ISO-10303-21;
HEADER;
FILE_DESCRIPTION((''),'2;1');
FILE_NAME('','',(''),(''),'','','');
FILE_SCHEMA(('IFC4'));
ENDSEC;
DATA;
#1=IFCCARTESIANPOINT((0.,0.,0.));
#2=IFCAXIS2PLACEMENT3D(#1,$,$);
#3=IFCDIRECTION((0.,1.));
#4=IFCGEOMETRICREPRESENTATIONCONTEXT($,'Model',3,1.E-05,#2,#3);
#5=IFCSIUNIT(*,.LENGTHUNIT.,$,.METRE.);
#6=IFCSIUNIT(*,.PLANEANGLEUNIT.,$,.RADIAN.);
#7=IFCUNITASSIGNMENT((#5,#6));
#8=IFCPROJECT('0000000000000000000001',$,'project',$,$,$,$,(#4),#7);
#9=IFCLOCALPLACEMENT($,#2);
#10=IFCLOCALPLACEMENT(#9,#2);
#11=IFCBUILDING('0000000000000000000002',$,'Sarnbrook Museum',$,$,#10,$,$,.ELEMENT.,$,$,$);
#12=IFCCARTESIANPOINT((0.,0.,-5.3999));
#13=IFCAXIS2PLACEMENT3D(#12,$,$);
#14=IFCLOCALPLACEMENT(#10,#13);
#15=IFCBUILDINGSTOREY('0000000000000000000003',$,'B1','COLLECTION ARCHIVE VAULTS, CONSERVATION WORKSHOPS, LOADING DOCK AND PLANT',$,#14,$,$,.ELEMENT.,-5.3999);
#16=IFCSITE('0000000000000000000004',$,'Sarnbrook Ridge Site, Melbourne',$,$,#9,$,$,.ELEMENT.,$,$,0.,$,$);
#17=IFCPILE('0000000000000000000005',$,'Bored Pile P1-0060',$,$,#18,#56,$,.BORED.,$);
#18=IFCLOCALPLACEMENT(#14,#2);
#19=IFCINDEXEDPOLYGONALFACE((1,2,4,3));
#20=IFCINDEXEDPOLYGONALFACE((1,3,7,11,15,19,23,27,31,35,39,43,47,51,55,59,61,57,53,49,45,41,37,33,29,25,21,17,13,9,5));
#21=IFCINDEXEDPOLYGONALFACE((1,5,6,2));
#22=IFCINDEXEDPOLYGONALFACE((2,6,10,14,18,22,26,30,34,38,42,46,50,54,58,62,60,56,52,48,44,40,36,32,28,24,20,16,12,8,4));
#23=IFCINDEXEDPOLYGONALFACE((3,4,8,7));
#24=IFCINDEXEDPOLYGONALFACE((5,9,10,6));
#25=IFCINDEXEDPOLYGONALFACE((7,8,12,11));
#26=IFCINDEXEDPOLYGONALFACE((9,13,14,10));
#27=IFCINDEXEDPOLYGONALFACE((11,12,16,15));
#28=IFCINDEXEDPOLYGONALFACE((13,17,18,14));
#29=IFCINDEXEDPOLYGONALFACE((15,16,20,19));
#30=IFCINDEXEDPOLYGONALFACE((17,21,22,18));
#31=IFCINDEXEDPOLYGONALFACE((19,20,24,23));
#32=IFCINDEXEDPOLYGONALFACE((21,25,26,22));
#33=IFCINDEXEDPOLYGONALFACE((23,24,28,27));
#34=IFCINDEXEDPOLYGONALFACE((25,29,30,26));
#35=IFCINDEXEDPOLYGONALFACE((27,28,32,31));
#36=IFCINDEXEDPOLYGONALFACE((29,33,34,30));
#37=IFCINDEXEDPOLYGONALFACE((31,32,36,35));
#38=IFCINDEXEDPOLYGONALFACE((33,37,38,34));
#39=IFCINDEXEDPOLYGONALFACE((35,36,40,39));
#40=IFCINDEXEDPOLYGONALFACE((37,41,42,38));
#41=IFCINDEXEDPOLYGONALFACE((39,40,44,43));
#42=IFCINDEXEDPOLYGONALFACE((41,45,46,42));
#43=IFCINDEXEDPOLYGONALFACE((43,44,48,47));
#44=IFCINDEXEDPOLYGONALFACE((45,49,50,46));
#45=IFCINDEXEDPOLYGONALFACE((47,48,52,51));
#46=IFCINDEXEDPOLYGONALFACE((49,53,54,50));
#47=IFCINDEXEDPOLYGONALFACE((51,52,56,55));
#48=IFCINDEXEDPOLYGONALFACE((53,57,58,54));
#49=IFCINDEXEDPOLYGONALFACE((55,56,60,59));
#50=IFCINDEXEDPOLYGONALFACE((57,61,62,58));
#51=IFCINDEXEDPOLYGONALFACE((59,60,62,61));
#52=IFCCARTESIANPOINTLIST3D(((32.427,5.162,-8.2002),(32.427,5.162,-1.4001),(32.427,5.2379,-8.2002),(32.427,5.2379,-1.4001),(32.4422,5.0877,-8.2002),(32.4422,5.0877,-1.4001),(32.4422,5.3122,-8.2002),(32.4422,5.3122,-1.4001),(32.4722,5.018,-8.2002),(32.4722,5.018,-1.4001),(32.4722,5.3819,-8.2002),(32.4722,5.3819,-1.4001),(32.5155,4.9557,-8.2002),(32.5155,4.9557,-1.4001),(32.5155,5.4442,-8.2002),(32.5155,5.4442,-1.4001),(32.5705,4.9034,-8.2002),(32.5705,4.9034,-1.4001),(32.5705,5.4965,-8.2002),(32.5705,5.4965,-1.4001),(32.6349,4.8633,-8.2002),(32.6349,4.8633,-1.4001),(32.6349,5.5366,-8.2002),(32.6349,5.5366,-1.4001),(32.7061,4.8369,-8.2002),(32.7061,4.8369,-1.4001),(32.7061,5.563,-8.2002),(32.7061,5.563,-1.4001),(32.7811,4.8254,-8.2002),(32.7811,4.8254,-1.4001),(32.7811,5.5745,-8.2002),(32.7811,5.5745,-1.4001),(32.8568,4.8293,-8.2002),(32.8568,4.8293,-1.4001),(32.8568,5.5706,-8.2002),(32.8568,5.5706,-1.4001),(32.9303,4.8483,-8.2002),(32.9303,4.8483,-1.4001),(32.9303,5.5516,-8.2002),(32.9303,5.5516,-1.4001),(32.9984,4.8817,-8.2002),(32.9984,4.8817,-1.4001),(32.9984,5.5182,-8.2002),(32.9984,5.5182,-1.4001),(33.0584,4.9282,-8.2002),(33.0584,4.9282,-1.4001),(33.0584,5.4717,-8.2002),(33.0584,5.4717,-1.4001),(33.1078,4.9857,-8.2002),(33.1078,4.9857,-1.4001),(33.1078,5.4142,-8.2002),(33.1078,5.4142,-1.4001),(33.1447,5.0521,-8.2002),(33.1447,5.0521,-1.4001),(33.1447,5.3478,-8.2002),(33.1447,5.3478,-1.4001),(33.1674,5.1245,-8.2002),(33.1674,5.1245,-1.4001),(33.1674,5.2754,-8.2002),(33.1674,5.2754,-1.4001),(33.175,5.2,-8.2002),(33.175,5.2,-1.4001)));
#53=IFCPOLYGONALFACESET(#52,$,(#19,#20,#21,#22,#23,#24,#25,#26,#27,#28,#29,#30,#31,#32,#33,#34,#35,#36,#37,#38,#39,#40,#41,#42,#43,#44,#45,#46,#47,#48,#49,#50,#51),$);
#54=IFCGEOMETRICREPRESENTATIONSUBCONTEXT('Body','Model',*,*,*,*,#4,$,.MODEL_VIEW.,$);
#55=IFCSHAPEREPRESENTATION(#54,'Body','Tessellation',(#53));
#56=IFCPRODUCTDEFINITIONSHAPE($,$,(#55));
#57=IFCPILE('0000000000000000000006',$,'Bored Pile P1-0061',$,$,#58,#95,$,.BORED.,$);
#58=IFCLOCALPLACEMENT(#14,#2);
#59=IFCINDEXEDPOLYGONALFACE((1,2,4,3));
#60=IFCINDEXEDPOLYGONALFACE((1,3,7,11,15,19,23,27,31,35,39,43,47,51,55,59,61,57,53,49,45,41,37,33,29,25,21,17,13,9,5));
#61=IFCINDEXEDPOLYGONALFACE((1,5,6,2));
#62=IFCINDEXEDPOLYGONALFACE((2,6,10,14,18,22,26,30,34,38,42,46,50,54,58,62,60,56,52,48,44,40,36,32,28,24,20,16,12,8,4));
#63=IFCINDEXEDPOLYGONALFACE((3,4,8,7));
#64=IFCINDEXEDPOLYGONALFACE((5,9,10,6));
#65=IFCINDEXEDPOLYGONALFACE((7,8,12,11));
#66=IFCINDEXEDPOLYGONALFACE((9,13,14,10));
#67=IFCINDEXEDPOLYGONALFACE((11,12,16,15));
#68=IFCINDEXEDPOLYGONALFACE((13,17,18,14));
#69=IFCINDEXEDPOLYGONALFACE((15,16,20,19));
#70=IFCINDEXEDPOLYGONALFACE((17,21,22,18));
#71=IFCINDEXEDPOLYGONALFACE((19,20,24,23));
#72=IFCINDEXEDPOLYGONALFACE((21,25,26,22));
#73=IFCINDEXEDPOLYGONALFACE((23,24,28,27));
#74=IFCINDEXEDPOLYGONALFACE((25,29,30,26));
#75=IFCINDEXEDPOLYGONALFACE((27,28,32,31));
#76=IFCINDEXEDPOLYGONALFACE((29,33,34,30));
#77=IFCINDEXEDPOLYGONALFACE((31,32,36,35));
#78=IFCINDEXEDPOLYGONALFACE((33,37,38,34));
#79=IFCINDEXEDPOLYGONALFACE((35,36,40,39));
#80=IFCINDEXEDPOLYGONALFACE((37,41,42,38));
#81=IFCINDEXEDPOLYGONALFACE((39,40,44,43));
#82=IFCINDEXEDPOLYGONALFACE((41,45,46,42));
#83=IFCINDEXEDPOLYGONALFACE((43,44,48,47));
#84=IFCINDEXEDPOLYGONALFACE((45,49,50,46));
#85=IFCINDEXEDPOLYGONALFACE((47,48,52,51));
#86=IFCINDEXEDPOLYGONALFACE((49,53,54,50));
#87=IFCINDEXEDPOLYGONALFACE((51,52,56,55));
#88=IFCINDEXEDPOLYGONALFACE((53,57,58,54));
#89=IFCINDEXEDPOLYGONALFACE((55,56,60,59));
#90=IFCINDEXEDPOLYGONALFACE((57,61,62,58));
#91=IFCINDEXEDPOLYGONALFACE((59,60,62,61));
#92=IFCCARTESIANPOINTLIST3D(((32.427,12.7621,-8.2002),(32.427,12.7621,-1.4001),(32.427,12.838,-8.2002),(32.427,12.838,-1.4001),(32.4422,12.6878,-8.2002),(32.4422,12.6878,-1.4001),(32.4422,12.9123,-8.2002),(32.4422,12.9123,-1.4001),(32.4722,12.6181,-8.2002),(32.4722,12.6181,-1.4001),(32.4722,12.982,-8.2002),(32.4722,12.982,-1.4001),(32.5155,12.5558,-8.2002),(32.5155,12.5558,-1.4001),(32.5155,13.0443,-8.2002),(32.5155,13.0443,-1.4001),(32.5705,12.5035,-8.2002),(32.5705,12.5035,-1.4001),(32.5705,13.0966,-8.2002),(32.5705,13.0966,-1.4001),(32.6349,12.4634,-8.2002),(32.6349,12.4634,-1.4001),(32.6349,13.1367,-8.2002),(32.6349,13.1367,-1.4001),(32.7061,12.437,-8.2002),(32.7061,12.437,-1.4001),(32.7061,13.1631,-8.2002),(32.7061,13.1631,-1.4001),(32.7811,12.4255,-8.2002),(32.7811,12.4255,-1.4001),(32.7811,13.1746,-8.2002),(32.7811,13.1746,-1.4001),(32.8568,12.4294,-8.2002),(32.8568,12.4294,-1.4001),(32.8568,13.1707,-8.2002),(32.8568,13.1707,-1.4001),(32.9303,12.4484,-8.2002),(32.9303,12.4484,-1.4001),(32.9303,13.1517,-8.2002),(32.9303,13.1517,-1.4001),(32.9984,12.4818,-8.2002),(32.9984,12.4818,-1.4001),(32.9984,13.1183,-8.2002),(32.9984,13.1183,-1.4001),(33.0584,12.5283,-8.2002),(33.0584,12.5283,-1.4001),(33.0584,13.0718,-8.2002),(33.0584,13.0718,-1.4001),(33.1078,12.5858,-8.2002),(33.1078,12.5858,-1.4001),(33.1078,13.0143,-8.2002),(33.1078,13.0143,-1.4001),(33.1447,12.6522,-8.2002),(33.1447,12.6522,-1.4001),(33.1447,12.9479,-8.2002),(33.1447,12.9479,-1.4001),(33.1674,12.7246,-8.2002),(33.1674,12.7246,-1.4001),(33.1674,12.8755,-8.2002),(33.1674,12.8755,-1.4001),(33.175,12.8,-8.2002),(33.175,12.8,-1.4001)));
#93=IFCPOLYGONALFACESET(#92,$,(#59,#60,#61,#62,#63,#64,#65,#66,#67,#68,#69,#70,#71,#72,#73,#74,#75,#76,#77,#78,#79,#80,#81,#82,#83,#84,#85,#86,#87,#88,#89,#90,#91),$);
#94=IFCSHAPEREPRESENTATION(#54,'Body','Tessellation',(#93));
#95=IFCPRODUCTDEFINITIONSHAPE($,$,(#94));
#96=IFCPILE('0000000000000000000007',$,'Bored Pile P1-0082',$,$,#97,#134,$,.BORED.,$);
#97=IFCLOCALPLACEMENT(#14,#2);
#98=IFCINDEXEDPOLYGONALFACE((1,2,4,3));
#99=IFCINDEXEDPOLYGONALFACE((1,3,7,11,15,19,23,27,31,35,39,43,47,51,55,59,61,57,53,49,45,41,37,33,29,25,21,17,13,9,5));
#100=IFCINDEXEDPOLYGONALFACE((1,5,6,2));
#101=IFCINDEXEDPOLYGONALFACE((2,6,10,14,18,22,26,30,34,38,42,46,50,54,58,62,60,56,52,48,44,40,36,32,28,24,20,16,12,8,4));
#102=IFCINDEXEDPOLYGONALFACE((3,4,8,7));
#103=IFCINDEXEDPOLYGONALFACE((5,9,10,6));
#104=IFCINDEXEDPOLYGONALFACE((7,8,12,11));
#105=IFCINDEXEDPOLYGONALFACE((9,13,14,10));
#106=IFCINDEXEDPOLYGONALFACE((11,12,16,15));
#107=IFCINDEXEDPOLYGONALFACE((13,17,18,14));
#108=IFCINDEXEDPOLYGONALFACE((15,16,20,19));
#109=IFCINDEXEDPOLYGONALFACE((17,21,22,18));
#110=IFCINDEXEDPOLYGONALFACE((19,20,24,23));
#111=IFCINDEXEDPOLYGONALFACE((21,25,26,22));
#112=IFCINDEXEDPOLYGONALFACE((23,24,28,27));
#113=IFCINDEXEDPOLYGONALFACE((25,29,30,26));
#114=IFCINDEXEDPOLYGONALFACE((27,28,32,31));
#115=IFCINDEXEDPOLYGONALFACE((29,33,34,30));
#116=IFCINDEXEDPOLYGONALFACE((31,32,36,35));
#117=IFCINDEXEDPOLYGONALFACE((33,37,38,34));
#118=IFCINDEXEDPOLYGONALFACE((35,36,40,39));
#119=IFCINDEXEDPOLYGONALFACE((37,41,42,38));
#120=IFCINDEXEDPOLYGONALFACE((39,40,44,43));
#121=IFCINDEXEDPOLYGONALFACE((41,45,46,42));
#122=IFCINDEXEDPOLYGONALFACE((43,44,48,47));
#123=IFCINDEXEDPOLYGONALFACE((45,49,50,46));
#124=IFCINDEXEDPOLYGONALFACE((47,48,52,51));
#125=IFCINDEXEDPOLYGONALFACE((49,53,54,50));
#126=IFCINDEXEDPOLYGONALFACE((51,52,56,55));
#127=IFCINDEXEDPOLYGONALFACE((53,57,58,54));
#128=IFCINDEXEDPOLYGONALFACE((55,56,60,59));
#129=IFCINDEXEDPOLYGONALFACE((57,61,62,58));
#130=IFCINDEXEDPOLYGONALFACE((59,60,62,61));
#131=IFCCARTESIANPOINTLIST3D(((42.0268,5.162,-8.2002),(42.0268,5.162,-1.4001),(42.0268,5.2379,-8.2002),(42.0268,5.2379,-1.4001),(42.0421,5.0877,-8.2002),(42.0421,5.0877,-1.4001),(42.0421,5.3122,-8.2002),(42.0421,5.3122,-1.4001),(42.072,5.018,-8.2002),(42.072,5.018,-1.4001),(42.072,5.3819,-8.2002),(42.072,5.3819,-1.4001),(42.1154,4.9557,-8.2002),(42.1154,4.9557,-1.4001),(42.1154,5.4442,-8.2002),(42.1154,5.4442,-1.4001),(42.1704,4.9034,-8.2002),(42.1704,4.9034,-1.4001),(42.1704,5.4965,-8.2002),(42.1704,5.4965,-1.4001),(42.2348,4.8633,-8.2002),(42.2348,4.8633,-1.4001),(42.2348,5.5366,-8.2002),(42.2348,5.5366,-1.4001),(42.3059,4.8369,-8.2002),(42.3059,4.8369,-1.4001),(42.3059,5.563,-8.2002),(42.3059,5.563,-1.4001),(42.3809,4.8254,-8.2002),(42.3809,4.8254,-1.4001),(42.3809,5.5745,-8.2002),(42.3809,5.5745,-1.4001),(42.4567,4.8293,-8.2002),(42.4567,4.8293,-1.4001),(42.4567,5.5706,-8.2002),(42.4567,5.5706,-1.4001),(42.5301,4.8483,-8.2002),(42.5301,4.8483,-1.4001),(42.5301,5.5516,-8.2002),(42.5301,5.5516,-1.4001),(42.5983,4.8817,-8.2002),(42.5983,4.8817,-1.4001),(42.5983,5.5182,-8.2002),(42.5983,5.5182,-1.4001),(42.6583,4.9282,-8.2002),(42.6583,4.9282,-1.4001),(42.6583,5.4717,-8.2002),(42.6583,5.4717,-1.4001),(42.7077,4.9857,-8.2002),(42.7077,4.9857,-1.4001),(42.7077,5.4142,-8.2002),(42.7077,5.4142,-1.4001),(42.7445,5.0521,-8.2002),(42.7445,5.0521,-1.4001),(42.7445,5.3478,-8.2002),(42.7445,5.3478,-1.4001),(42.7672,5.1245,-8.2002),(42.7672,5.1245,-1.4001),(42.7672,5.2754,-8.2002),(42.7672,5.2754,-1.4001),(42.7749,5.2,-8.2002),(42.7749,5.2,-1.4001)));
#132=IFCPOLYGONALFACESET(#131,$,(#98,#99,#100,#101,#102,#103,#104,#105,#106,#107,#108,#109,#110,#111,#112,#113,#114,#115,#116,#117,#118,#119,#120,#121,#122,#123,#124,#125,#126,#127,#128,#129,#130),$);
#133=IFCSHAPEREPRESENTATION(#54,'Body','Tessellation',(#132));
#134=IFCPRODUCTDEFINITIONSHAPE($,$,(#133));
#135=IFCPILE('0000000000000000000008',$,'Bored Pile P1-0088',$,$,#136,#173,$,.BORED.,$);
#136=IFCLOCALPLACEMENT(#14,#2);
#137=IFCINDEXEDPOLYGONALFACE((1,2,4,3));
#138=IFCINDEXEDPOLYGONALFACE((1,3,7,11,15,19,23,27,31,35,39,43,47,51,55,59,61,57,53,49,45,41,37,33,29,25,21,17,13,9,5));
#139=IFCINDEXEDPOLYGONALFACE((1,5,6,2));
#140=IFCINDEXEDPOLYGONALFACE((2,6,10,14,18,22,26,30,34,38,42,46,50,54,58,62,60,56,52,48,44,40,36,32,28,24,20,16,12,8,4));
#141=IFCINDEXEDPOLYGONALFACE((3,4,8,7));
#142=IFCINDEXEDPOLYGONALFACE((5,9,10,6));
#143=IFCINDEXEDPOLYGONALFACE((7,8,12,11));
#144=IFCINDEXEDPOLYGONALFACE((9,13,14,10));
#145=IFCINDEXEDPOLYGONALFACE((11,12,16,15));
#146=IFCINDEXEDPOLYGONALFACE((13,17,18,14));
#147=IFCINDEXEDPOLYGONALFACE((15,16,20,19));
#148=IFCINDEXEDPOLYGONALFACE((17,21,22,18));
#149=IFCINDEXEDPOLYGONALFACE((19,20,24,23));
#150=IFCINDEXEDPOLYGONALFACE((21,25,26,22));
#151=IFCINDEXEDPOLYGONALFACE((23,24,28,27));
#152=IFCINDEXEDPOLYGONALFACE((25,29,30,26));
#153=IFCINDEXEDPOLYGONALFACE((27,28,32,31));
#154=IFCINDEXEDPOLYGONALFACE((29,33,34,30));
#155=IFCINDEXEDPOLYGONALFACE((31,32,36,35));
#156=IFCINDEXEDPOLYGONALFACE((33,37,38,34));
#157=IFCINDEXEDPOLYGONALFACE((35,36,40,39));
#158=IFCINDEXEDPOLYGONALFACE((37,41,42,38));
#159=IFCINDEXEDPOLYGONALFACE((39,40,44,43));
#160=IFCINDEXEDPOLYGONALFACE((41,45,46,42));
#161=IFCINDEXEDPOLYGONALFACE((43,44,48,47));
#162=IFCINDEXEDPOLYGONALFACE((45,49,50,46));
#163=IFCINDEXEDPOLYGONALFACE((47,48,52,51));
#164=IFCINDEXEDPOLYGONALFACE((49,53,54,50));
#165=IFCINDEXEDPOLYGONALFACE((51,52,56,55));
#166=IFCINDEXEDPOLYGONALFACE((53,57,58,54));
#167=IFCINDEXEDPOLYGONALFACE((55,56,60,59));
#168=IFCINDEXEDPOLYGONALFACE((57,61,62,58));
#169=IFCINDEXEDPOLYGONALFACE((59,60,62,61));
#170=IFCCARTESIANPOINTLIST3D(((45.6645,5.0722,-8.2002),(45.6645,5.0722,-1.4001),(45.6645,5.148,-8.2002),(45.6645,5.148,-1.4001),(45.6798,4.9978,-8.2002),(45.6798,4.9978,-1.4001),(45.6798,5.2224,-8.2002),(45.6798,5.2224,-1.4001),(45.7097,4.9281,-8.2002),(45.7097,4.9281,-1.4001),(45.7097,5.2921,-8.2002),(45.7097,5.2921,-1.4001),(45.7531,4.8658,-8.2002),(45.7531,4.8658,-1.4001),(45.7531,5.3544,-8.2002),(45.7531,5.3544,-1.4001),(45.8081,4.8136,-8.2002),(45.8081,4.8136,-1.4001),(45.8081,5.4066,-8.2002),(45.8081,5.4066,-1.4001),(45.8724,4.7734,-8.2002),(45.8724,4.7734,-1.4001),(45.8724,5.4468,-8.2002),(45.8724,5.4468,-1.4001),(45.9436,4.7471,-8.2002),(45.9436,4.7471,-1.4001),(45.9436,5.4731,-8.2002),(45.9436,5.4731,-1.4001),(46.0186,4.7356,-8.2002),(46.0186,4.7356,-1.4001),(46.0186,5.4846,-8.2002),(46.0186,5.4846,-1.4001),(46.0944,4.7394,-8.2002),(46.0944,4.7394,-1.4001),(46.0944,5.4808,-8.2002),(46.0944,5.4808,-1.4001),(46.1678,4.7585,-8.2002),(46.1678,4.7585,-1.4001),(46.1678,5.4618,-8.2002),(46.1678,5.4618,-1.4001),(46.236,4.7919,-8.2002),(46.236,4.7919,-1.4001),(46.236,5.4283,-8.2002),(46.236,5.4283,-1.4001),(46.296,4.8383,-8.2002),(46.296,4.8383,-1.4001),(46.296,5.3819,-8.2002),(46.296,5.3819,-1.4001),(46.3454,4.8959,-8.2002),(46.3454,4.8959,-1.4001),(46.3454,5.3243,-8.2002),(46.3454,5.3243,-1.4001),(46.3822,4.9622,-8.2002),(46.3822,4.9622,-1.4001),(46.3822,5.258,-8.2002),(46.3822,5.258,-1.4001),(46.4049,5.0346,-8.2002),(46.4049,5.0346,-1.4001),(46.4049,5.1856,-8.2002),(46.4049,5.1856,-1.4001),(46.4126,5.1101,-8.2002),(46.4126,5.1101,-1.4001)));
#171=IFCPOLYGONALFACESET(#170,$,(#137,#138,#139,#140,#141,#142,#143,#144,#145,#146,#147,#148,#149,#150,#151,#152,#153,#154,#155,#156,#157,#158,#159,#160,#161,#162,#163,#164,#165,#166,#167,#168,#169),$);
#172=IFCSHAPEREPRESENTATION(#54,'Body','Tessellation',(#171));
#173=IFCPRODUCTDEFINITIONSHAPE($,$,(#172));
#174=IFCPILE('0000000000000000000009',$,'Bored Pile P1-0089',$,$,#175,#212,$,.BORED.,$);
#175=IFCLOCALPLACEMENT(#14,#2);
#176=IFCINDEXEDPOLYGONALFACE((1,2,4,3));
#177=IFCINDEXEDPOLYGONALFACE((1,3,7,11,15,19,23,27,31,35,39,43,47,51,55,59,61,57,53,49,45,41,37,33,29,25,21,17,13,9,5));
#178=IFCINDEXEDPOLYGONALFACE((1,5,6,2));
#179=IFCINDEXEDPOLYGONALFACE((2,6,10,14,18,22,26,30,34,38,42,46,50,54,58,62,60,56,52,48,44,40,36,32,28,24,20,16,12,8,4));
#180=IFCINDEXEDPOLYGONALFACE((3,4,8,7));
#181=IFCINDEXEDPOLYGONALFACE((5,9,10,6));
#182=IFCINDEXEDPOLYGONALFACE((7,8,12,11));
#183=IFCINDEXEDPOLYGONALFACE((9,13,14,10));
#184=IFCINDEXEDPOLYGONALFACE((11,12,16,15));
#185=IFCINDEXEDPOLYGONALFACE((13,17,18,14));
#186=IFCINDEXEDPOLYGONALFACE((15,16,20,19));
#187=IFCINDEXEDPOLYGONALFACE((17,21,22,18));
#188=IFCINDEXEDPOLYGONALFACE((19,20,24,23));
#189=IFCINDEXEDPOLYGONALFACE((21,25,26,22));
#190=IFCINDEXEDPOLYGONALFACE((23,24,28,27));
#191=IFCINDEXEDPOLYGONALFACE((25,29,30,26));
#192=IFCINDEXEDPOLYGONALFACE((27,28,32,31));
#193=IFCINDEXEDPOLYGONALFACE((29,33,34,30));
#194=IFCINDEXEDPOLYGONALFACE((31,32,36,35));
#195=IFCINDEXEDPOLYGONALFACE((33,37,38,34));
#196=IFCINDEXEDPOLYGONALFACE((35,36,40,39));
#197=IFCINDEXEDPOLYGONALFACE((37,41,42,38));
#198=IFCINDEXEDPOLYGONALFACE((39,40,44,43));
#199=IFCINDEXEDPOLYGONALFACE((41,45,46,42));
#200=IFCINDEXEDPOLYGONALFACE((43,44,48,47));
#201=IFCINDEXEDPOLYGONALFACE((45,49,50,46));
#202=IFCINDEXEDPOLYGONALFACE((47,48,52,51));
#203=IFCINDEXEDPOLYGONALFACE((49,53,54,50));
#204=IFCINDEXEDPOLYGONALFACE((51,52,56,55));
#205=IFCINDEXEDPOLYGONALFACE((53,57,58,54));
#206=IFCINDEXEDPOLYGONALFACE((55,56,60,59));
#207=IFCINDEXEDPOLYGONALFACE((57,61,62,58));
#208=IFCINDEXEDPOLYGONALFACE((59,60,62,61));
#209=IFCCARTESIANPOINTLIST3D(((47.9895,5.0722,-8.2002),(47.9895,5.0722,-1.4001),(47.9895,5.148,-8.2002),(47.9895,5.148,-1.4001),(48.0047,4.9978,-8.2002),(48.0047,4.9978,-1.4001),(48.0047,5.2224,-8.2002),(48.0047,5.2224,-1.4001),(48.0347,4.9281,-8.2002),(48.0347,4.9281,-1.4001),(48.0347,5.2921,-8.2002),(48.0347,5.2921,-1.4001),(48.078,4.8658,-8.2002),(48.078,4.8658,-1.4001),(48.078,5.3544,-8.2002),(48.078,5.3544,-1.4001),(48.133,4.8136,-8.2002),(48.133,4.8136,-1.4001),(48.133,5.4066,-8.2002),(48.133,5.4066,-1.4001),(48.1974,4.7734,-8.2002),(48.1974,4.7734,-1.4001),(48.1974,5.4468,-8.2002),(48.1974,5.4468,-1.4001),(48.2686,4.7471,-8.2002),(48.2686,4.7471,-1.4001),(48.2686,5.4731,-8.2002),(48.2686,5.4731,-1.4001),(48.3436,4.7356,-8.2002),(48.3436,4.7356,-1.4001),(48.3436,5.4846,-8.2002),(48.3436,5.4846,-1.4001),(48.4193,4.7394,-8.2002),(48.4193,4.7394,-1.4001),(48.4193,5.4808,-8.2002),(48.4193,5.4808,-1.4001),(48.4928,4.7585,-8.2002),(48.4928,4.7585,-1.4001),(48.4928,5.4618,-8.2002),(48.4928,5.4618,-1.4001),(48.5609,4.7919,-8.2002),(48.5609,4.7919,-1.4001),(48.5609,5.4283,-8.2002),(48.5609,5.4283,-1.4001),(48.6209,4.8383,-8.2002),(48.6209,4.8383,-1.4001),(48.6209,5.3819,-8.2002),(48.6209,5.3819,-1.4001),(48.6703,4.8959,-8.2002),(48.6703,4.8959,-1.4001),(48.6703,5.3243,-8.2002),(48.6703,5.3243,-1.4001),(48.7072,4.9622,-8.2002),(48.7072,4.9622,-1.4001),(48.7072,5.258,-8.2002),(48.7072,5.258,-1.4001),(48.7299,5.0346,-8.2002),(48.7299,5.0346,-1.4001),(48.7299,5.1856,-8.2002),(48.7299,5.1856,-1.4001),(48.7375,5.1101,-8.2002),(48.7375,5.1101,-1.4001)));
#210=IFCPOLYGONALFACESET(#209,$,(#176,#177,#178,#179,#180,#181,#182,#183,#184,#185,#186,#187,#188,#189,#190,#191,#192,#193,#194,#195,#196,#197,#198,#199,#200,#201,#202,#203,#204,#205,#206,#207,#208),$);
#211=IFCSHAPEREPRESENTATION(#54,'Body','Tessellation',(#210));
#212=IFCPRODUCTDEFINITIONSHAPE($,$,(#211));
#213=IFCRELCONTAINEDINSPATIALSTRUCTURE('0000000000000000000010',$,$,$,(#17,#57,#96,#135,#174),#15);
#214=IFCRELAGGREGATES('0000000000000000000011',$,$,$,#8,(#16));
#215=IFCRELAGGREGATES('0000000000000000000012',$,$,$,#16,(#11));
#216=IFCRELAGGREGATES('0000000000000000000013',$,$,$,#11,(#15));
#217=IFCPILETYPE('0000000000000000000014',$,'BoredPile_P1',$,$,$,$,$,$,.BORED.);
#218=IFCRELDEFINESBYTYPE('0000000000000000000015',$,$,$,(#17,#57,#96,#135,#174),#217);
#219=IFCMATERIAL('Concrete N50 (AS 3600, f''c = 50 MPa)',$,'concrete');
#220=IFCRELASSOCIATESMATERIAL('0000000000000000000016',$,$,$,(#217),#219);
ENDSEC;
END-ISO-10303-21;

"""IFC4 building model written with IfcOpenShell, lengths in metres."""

from ifc_helpers import new_model, si_unit, direction, frame, origin, origin_2d, place, context, subcontext, project, spatial, circle, extrude, material, material_profile, profile_set, type_object, element, save


model = new_model("IFC4")

# Units and contexts
model_context = context("Model", 3, precision=1e-05, world=origin(), true_north=direction((0.0, 1.0)))
body_context = subcontext(model_context, "Body", "Model", "MODEL_VIEW")
ifc_project = project(units=[si_unit("LENGTHUNIT", "METRE"), si_unit("PLANEANGLEUNIT", "RADIAN")], contexts=[model_context])

# Site, building, storey
site_placement = place(None, origin())
site = spatial("IfcSite", under=ifc_project, at=site_placement, Name="Sarnbrook Ridge Site, Melbourne", CompositionType="ELEMENT", RefElevation=0.0)
building_placement = place(site_placement, origin())
building = spatial("IfcBuilding", under=site, at=building_placement, Name="Sarnbrook Museum", CompositionType="ELEMENT")
storey_placement = place(building_placement, frame((0.0, 0.0, -5.3999)))
storey = spatial("IfcBuildingStorey", under=building, at=storey_placement, Name="B1", Description="COLLECTION ARCHIVE VAULTS, CONSERVATION WORKSHOPS, LOADING DOCK AND PLANT", CompositionType="ELEMENT", Elevation=-5.3999)

# Piles
ifc_material_1 = material(Name="Concrete N50 (AS 3600, f'c = 50 MPa)", Category="concrete")
ifc_material_profile_1 = material_profile(ifc_material_1, circle(Radius=0.375, at=origin_2d()), Name="BORED PILE D750")
ifc_profile_set_1 = profile_set([ifc_material_profile_1], Name="Concrete N50 (AS 3600, f'c = 50 MPa)")
pile_type = type_object("IfcPileType", Name="BoredPile_P1", PredefinedType="BORED", material=ifc_profile_set_1)
for number, where, z_axis, x_axis, name in (
    (1, (32.8, 5.2, -1.4001), (0.0, 0.0, -1.0), (1.0, 0.0, 0.0), "Bored Pile P1-0060"),
    (2, (32.8, 12.8, -1.4001), (0.0, 0.0, -1.0), (1.0, 0.0, 0.0), "Bored Pile P1-0061"),
    (3, (42.3999, 5.2, -1.4001), (0.0, 0.0, -1.0), (1.0, 0.0, 0.0), "Bored Pile P1-0082"),
    (4, (46.0376, 5.1101, -1.4001), (0.0, 0.0, -1.0), (1.0, 0.0, 0.0), "Bored Pile P1-0088"),
    (5, (48.3625, 5.1101, -1.4001), (0.0, 0.0, -1.0), (1.0, 0.0, 0.0), "Bored Pile P1-0089"),
):
    element("IfcPile", number, at=place(storey_placement, frame(where, z_axis=z_axis, x_axis=x_axis)), inside=storey, type_object=pile_type, Name=name, PredefinedType="BORED", context=body_context, shape_type="SweptSolid", body=[
        extrude(circle(Radius=0.375, at=origin_2d()), origin(), (0.0, 0.0, 1.0), 6.8),
    ])

save(model, "model.ifc")
